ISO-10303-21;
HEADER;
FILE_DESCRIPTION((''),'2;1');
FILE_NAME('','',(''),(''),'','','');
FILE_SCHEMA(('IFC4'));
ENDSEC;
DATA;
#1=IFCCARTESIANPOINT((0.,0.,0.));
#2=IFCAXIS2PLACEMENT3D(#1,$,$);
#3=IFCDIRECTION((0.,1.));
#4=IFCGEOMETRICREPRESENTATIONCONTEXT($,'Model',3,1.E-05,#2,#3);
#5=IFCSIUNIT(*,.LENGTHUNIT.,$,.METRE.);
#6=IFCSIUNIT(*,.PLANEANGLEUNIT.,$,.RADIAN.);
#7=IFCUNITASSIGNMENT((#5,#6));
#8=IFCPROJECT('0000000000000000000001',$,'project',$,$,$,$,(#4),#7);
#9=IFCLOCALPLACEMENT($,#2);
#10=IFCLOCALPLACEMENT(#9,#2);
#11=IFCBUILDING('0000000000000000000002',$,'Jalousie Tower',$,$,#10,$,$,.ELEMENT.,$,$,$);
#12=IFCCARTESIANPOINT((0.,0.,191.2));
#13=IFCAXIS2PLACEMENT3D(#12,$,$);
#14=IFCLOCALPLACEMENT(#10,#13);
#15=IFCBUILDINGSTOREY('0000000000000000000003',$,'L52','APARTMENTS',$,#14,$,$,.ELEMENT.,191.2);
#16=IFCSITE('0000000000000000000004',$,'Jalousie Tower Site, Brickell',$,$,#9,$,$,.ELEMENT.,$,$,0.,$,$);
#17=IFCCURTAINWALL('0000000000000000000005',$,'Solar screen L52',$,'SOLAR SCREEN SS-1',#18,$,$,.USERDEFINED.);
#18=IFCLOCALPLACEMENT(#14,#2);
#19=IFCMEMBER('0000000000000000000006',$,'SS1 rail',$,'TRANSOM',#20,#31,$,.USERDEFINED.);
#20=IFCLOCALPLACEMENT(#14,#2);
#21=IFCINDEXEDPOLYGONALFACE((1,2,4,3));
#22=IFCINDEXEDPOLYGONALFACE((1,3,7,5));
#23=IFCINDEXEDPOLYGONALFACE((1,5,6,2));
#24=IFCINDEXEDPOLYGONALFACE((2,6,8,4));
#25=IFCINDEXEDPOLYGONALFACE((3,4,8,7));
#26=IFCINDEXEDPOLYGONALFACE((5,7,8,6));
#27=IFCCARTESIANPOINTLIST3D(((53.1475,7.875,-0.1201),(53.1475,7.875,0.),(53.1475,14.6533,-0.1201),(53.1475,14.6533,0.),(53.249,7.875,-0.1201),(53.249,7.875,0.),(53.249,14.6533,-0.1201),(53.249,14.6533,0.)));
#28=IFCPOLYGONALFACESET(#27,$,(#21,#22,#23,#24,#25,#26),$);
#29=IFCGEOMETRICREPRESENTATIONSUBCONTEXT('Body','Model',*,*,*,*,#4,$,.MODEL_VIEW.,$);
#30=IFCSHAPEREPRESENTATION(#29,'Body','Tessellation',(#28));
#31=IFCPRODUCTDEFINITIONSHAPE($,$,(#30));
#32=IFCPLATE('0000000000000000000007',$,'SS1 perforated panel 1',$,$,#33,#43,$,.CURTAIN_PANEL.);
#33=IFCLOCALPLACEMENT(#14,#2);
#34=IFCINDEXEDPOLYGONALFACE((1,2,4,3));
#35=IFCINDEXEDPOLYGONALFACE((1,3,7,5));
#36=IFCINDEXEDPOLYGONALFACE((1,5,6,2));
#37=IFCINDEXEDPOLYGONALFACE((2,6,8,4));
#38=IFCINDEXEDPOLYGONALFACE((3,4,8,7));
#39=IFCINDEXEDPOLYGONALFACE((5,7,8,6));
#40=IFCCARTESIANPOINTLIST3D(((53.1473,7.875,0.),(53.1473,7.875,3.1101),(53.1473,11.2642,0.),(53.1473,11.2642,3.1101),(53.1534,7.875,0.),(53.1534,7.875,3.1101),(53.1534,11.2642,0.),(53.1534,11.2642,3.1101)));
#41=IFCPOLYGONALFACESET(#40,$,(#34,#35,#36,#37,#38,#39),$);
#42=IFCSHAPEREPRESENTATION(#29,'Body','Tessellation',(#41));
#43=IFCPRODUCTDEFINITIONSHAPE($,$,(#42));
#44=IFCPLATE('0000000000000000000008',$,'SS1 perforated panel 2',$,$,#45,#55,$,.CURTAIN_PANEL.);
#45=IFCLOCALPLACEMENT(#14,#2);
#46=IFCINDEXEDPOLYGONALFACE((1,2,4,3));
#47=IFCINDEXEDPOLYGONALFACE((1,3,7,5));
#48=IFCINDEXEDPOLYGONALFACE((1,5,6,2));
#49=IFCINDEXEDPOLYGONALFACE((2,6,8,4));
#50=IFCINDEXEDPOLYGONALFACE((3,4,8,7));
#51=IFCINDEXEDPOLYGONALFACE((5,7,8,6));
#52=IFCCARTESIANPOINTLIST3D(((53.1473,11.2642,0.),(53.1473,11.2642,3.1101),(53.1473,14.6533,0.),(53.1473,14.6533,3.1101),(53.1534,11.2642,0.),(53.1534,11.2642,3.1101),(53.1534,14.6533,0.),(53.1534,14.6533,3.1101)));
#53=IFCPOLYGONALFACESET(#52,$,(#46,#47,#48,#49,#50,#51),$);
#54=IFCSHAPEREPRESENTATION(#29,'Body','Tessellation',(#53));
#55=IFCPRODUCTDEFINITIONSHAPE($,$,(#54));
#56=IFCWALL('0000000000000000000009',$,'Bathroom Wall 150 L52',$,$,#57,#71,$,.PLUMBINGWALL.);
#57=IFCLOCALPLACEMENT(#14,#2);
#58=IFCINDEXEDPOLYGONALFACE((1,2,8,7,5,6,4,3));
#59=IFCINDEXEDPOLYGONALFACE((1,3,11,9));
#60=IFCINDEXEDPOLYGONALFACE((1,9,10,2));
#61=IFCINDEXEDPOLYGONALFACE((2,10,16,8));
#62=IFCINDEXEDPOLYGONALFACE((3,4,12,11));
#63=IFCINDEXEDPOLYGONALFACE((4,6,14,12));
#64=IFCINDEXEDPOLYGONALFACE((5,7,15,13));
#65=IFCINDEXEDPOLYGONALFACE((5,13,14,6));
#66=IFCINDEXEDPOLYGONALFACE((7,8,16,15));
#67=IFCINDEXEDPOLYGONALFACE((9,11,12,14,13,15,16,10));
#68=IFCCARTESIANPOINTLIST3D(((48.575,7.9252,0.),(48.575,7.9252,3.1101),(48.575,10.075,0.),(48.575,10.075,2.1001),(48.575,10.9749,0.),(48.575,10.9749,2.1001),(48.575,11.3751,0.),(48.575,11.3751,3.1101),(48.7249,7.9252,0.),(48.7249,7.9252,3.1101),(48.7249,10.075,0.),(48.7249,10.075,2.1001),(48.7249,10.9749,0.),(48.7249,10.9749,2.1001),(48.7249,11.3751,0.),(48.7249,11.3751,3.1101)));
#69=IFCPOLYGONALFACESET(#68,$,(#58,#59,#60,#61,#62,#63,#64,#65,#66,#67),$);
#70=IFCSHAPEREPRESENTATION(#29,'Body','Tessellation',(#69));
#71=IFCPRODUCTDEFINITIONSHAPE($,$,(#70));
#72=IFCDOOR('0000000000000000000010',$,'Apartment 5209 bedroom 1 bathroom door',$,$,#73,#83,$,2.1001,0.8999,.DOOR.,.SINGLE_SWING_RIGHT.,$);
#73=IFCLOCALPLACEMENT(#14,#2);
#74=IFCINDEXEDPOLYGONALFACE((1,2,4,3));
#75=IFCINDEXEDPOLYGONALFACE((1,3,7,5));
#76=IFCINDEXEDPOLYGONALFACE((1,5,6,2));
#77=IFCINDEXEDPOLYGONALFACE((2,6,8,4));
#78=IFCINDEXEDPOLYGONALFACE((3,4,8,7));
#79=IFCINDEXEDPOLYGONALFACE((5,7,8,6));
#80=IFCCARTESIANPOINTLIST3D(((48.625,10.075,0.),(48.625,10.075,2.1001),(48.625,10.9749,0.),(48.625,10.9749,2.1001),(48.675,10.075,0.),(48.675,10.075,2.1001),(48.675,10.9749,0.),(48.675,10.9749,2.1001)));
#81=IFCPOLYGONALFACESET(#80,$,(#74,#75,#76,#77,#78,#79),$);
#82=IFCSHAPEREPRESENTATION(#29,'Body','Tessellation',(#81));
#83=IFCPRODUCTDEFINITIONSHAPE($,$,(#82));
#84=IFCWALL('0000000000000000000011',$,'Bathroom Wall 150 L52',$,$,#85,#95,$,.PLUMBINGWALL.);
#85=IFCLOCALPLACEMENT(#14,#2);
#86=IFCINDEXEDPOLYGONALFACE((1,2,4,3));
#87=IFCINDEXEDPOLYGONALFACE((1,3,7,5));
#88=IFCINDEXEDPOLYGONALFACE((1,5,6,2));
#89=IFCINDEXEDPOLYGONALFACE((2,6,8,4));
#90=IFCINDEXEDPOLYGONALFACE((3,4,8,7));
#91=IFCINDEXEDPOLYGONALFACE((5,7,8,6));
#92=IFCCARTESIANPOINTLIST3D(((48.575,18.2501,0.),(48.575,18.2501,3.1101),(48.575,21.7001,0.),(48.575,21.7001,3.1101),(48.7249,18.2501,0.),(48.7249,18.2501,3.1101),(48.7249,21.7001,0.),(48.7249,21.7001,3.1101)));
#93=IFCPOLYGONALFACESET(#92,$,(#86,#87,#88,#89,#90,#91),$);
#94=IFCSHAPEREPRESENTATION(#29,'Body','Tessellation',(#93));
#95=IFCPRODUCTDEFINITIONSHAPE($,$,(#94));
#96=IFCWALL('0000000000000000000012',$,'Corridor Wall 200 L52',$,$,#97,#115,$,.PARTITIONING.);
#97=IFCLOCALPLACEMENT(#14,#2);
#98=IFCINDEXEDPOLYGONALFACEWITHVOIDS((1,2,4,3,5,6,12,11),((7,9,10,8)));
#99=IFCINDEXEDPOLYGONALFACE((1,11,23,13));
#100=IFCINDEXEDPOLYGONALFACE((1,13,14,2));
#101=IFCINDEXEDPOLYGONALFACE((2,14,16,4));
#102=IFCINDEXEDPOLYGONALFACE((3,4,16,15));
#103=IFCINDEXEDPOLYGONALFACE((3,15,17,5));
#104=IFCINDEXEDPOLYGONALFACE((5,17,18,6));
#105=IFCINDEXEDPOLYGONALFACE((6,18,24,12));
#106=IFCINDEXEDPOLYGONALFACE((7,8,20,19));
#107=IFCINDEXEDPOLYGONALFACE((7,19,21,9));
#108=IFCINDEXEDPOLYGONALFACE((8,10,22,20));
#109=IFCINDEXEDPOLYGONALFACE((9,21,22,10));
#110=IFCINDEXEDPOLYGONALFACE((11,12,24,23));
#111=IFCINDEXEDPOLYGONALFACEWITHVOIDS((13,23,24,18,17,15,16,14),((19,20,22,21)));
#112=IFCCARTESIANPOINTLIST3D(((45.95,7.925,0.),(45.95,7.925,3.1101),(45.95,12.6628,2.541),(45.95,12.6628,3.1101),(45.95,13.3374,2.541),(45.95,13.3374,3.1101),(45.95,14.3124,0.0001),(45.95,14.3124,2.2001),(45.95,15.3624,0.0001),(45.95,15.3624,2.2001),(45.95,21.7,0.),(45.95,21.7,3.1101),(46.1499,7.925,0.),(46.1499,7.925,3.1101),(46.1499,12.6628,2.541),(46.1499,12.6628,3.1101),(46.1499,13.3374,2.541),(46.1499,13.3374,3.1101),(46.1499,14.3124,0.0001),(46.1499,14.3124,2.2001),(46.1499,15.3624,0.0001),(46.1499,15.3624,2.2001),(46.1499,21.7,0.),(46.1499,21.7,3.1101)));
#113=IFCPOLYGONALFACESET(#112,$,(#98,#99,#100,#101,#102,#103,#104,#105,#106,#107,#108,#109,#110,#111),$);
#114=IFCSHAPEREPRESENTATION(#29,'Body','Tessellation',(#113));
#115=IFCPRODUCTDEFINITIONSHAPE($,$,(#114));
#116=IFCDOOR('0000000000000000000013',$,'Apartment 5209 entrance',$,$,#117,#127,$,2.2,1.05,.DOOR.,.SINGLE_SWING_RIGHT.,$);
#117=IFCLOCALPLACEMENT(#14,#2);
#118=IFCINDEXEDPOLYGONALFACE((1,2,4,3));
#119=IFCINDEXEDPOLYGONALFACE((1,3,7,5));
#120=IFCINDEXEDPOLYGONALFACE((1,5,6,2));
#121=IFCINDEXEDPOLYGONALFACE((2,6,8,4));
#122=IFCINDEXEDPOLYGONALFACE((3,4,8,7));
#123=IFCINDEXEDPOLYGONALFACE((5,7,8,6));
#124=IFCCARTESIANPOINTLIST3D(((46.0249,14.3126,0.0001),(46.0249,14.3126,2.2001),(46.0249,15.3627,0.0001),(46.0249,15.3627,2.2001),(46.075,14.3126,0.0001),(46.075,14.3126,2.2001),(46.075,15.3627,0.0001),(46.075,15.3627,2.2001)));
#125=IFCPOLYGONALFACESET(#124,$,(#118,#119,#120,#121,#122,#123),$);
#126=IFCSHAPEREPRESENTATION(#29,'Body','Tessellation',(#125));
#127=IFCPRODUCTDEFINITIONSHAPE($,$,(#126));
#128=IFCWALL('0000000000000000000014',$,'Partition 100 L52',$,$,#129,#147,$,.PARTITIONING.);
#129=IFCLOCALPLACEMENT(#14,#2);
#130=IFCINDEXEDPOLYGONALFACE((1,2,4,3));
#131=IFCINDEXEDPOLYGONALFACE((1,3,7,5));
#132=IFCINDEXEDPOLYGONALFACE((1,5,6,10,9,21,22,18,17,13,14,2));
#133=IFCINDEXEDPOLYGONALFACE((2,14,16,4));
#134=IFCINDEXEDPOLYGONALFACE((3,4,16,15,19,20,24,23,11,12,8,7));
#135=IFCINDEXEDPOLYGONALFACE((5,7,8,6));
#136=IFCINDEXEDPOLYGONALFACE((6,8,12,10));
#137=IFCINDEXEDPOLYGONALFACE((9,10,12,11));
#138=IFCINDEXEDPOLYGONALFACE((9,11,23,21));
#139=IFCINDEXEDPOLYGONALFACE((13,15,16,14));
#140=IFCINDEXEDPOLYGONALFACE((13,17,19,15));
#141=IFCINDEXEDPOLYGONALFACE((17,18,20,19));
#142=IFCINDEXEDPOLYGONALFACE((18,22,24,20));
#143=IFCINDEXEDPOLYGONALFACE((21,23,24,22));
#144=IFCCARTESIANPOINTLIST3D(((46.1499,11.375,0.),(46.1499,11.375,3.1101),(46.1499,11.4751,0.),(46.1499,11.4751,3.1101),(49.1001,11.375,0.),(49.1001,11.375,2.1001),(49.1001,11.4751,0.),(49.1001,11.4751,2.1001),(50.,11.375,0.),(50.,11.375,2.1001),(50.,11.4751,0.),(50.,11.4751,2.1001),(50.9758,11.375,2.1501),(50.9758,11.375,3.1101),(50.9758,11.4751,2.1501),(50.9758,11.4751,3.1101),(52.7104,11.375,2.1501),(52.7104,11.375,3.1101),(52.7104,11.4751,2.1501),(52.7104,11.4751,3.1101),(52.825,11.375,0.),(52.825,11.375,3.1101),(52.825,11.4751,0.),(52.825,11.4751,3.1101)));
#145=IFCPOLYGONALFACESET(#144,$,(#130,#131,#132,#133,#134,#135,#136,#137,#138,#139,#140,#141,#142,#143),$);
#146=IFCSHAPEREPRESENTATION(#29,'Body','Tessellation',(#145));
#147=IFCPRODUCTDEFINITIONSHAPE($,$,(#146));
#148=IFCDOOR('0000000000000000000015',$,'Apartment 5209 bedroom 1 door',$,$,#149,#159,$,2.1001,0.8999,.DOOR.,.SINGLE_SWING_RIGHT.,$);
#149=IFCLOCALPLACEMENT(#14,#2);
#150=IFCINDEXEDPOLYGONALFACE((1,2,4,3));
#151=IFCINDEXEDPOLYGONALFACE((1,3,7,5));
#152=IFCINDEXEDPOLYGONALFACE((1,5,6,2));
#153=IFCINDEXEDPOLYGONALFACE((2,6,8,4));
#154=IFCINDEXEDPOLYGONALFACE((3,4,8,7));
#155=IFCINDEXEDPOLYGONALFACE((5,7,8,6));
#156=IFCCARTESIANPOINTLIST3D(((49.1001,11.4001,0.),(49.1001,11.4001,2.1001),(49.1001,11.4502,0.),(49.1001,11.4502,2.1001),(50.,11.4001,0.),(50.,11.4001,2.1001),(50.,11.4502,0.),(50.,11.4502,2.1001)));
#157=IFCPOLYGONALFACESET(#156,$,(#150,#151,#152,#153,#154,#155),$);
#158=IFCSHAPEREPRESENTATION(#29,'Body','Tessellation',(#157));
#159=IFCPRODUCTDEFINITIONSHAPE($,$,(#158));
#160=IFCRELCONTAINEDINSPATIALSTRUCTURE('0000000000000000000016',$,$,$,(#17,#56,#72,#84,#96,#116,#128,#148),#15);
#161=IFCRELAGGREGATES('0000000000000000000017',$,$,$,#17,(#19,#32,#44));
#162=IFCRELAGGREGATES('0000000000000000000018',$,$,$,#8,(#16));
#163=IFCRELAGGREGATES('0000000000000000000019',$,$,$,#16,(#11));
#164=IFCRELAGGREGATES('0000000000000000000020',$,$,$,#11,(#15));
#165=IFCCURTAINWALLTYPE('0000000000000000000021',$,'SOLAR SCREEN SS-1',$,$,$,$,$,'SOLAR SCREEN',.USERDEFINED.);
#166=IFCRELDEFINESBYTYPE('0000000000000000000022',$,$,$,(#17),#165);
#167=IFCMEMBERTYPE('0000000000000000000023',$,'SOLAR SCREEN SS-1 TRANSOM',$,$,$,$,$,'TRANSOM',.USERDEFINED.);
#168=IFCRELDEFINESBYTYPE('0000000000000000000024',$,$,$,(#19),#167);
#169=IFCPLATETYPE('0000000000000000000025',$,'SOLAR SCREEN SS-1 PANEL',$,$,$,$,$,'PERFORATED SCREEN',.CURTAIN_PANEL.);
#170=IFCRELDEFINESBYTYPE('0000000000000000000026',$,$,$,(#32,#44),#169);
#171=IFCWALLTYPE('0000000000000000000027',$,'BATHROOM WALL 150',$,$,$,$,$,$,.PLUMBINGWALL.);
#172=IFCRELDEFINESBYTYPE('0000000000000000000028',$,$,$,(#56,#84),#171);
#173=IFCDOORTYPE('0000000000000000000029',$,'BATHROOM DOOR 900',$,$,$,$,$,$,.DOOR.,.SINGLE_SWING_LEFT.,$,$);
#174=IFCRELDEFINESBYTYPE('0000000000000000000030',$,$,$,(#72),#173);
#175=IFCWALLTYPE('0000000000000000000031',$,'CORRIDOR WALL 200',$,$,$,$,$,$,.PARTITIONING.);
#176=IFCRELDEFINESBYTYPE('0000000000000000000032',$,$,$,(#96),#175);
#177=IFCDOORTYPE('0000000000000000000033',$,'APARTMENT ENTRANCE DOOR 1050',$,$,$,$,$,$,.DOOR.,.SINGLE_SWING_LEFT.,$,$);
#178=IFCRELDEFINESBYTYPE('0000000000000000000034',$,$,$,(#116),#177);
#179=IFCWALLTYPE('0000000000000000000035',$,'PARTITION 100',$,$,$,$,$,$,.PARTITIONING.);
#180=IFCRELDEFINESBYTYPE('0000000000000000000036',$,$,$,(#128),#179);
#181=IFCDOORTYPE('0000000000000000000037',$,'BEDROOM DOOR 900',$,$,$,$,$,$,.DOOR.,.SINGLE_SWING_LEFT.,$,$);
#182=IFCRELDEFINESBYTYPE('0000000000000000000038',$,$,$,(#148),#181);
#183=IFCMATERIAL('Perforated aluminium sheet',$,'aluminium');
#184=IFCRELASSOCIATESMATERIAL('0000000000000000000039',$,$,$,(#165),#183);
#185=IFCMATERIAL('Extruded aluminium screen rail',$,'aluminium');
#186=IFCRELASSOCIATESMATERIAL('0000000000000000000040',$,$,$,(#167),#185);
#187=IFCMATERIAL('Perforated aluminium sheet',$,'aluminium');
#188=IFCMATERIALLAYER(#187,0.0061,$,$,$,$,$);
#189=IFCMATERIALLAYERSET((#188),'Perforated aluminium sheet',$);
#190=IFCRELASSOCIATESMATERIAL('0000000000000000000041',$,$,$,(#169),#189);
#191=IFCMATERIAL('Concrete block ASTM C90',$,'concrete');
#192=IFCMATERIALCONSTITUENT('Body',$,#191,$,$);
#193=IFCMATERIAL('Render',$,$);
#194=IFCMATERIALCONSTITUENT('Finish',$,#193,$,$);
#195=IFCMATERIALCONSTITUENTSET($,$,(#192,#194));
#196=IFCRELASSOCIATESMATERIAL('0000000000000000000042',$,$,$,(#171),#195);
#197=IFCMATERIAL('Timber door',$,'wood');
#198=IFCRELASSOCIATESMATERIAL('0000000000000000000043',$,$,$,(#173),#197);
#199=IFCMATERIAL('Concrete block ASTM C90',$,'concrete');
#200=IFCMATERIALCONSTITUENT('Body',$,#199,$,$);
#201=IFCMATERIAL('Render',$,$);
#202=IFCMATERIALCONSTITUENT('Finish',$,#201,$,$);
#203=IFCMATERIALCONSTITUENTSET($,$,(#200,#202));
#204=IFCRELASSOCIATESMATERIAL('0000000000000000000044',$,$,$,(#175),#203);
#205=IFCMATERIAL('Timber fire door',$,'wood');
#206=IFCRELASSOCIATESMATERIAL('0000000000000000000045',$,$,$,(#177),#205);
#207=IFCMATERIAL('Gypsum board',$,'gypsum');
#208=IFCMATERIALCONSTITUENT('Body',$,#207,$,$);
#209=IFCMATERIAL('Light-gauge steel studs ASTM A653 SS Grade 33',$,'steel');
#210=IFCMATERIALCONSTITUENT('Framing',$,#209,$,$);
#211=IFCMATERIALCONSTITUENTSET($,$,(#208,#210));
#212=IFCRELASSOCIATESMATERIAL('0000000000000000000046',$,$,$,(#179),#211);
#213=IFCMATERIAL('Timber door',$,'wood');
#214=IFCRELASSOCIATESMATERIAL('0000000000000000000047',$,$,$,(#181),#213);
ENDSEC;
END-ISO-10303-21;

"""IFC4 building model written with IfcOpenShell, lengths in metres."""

from ifc_helpers import new_model, si_unit, direction, frame, frame_2d, origin, origin_2d, place, context, subcontext, project, spatial, polyline, rectangle, outline, extrude, material, layer, layer_set, constituent, constituent_set, material_profile, profile_set, type_object, element, fill, aggregate, save


model = new_model("IFC4")

# Units and contexts
model_context = context("Model", 3, precision=1e-05, world=origin(), true_north=direction((0.0, 1.0)))
body_context = subcontext(model_context, "Body", "Model", "MODEL_VIEW")
ifc_project = project(units=[si_unit("LENGTHUNIT", "METRE"), si_unit("PLANEANGLEUNIT", "RADIAN")], contexts=[model_context])

# Site, building, storey
site_placement = place(None, origin())
site = spatial("IfcSite", under=ifc_project, at=site_placement, Name="Jalousie Tower Site, Brickell", CompositionType="ELEMENT", RefElevation=0.0)
building_placement = place(site_placement, origin())
building = spatial("IfcBuilding", under=site, at=building_placement, Name="Jalousie Tower", CompositionType="ELEMENT")
storey_placement = place(building_placement, frame((0.0, 0.0, 191.2)))
storey = spatial("IfcBuildingStorey", under=building, at=storey_placement, Name="L52", Description="APARTMENTS", CompositionType="ELEMENT", Elevation=191.2)

# Curtain wall, member, plates
ifc_material_1 = material(Name="Perforated aluminium sheet", Category="aluminium")
curtain_wall_type = type_object("IfcCurtainWallType", Name="SOLAR SCREEN SS-1", ElementType="SOLAR SCREEN", PredefinedType="USERDEFINED", material=ifc_material_1)
curtain_wall_placement = place(storey_placement, origin())
curtain_wall = element("IfcCurtainWall", 1, at=curtain_wall_placement, inside=storey, type_object=curtain_wall_type, Name="Solar screen L52", ObjectType="SOLAR SCREEN SS-1", PredefinedType="USERDEFINED")
ifc_material_2 = material(Name="Extruded aluminium screen rail", Category="aluminium")
ifc_material_profile_1 = material_profile(ifc_material_2, rectangle(XDim=0.1016, YDim=0.1201, at=origin_2d()), Name="RAIL 102x120")
ifc_profile_set_1 = profile_set([ifc_material_profile_1], Name="Extruded aluminium screen rail")
member_type_1 = type_object("IfcMemberType", Name="SOLAR SCREEN SS-1 TRANSOM", ElementType="TRANSOM", PredefinedType="USERDEFINED", material=ifc_profile_set_1)
member_1_placement = place(storey_placement, frame((53.1982, 7.875, -0.0601), z_axis=(0.0, 1.0, 0.0), x_axis=(-1.0, 0.0, 0.0)))
member_1 = element("IfcMember", 2, at=member_1_placement, type_object=member_type_1, Name="SS1 rail", ObjectType="TRANSOM", PredefinedType="USERDEFINED", context=body_context, shape_type="SweptSolid", body=[
    extrude(rectangle(XDim=0.1016, YDim=0.1201, at=origin_2d()), origin(), (0.0, 0.0, 1.0), 6.7783),
])
ifc_material_3 = material(Name="Perforated aluminium sheet", Category="aluminium")
ifc_layer_1 = layer(ifc_material_3, 0.0061)
ifc_layer_set_1 = layer_set([ifc_layer_1], Name="Perforated aluminium sheet")
plate_type = type_object("IfcPlateType", Name="SOLAR SCREEN SS-1 PANEL", ElementType="PERFORATED SCREEN", PredefinedType="CURTAIN_PANEL", material=ifc_layer_set_1)
plate_1_placement = place(storey_placement, frame((53.1504, 9.5696, 0.0), z_axis=(0.0, 0.0, 1.0), x_axis=(0.0, 1.0, 0.0)))
plate_1 = element("IfcPlate", 3, at=plate_1_placement, type_object=plate_type, Name="SS1 perforated panel 1", PredefinedType="CURTAIN_PANEL", context=body_context, shape_type="SweptSolid", body=[
    extrude(rectangle(XDim=3.3892, YDim=0.0061, at=origin_2d()), origin(), (0.0, 0.0, 1.0), 3.1101),
])
plate_2_placement = place(storey_placement, frame((53.1504, 12.9587, 0.0), z_axis=(0.0, 0.0, 1.0), x_axis=(0.0, 1.0, 0.0)))
plate_2 = element("IfcPlate", 4, at=plate_2_placement, type_object=plate_type, Name="SS1 perforated panel 2", PredefinedType="CURTAIN_PANEL", context=body_context, shape_type="SweptSolid", body=[
    extrude(rectangle(XDim=3.3892, YDim=0.0061, at=origin_2d()), origin(), (0.0, 0.0, 1.0), 3.1101),
])
aggregate(curtain_wall, [member_1, plate_1, plate_2])

# Wall, opening, door
ifc_material_4 = material(Name="Concrete block ASTM C90", Category="concrete")
ifc_constituent_1 = constituent(ifc_material_4, Name="Body")
ifc_material_5 = material(Name="Render")
ifc_constituent_2 = constituent(ifc_material_5, Name="Finish")
ifc_constituent_set_1 = constituent_set(constituents=[ifc_constituent_1, ifc_constituent_2])
wall_type_1 = type_object("IfcWallType", Name="BATHROOM WALL 150", PredefinedType="PLUMBINGWALL", material=ifc_constituent_set_1)
wall_1_placement = place(storey_placement, frame((48.6499, 7.925, 0.0), z_axis=(0.0, 0.0, 1.0), x_axis=(0.0, 1.0, 0.0)))
wall_1 = element("IfcWall", 5, at=wall_1_placement, inside=storey, type_object=wall_type_1, Name="Bathroom Wall 150 L52", PredefinedType="PLUMBINGWALL", context=body_context, shape_type="SweptSolid", body=[
    extrude(rectangle(XDim=3.45, YDim=0.1499, at=frame_2d((1.7251, 0.0))), origin(), (0.0, 0.0, 1.0), 3.1101),
])
opening_1_placement = place(wall_1_placement, frame((2.1499, 0.0, 0.0)))
opening_1 = element("IfcOpeningElement", 6, at=opening_1_placement, cuts=wall_1, PredefinedType="OPENING", context=body_context, shape_type="SweptSolid", body=[
    extrude(rectangle(XDim=0.8999, YDim=2.1001, at=frame_2d((0.45, 1.05))), frame((0.0, 0.085, 0.0), z_axis=(0.0, -1.0, 0.0), x_axis=(1.0, 0.0, 0.0)), (0.0, 0.0, 1.0), 0.1699),
])
ifc_material_6 = material(Name="Timber door", Category="wood")
door_type_1 = type_object("IfcDoorType", Name="BATHROOM DOOR 900", OperationType="SINGLE_SWING_LEFT", PredefinedType="DOOR", material=ifc_material_6)
door_1_placement = place(opening_1_placement, origin())
door_1 = element("IfcDoor", 7, at=door_1_placement, inside=storey, type_object=door_type_1, Name="Apartment 5209 bedroom 1 bathroom door", OperationType="SINGLE_SWING_RIGHT", OverallHeight=2.1001, OverallWidth=0.8999, PredefinedType="DOOR", context=body_context, shape_type="SweptSolid", body=[
    extrude(rectangle(XDim=0.8999, YDim=2.1001, at=frame_2d((0.45, 1.05))), frame((0.0, 0.0249, 0.0), z_axis=(0.0, -1.0, 0.0), x_axis=(1.0, 0.0, 0.0)), (0.0, 0.0, 1.0), 0.05),
])
fill(opening_1, door_1)

# Wall
wall_2_placement = place(storey_placement, frame((48.6499, 18.25, 0.0), z_axis=(0.0, 0.0, 1.0), x_axis=(0.0, 1.0, 0.0)))
element("IfcWall", 8, at=wall_2_placement, inside=storey, type_object=wall_type_1, Name="Bathroom Wall 150 L52", PredefinedType="PLUMBINGWALL", context=body_context, shape_type="SweptSolid", body=[
    extrude(rectangle(XDim=3.45, YDim=0.1499, at=frame_2d((1.7251, 0.0))), origin(), (0.0, 0.0, 1.0), 3.1101),
])

# Walls, openings, doors
ifc_material_7 = material(Name="Concrete block ASTM C90", Category="concrete")
ifc_constituent_3 = constituent(ifc_material_7, Name="Body")
ifc_material_8 = material(Name="Render")
ifc_constituent_4 = constituent(ifc_material_8, Name="Finish")
ifc_constituent_set_2 = constituent_set(constituents=[ifc_constituent_3, ifc_constituent_4])
wall_type_2 = type_object("IfcWallType", Name="CORRIDOR WALL 200", PredefinedType="PARTITIONING", material=ifc_constituent_set_2)
wall_3_placement = place(storey_placement, frame((46.05, 7.925, 0.0), z_axis=(0.0, 0.0, 1.0), x_axis=(0.0, 1.0, 0.0)))
wall_3 = element("IfcWall", 9, at=wall_3_placement, inside=storey, type_object=wall_type_2, Name="Corridor Wall 200 L52", PredefinedType="PARTITIONING", context=body_context, shape_type="SweptSolid", body=[
    extrude(outline(polyline([(0.0, 0.0), (13.7749, 0.0), (13.7749, 3.1101), (5.4124, 3.1101), (5.4124, 2.541), (4.7378, 2.541), (4.7378, 3.1101), (0.0, 3.1101), (0.0, 0.0)])), frame((0.0, 0.1001, 0.0), z_axis=(0.0, -1.0, 0.0), x_axis=(1.0, 0.0, 0.0)), (0.0, 0.0, 1.0), 0.2),
])
opening_2_placement = place(wall_3_placement, frame((6.3875, 0.0, 0.0)))
opening_2 = element("IfcOpeningElement", 10, at=opening_2_placement, cuts=wall_3, PredefinedType="OPENING", context=body_context, shape_type="SweptSolid", body=[
    extrude(rectangle(XDim=1.05, YDim=2.2, at=frame_2d((0.5249, 1.1001))), frame((0.0, 0.1099, 0.0), z_axis=(0.0, -1.0, 0.0), x_axis=(1.0, 0.0, 0.0)), (0.0, 0.0, 1.0), 0.22),
])
ifc_material_9 = material(Name="Timber fire door", Category="wood")
door_type_2 = type_object("IfcDoorType", Name="APARTMENT ENTRANCE DOOR 1050", OperationType="SINGLE_SWING_LEFT", PredefinedType="DOOR", material=ifc_material_9)
door_2_placement = place(opening_2_placement, frame((1.05, 0.0, 0.0), z_axis=(0.0, 0.0, 1.0), x_axis=(-1.0, 0.0, 0.0)))
door_2 = element("IfcDoor", 11, at=door_2_placement, inside=storey, type_object=door_type_2, Name="Apartment 5209 entrance", OperationType="SINGLE_SWING_RIGHT", OverallHeight=2.2, OverallWidth=1.05, PredefinedType="DOOR", context=body_context, shape_type="SweptSolid", body=[
    extrude(rectangle(XDim=1.05, YDim=2.2, at=frame_2d((0.5249, 1.1001))), frame((0.0, 0.0249, 0.0), z_axis=(0.0, -1.0, 0.0), x_axis=(1.0, 0.0, 0.0)), (0.0, 0.0, 1.0), 0.05),
])
fill(opening_2, door_2)
ifc_material_10 = material(Name="Gypsum board", Category="gypsum")
ifc_constituent_5 = constituent(ifc_material_10, Name="Body")
ifc_material_11 = material(Name="Light-gauge steel studs ASTM A653 SS Grade 33", Category="steel")
ifc_constituent_6 = constituent(ifc_material_11, Name="Framing")
ifc_constituent_set_3 = constituent_set(constituents=[ifc_constituent_5, ifc_constituent_6])
wall_type_3 = type_object("IfcWallType", Name="PARTITION 100", PredefinedType="PARTITIONING", material=ifc_constituent_set_3)
wall_4_placement = place(storey_placement, frame((52.825, 11.425, 0.0), z_axis=(0.0, 0.0, 1.0), x_axis=(-1.0, 0.0, 0.0)))
wall_4 = element("IfcWall", 12, at=wall_4_placement, inside=storey, type_object=wall_type_3, Name="Partition 100 L52", PredefinedType="PARTITIONING", context=body_context, shape_type="SweptSolid", body=[
    extrude(outline(polyline([(0.0, 0.0), (6.675, 0.0), (6.675, 3.1101), (1.8491, 3.1101), (1.8491, 2.1501), (0.1145, 2.1501), (0.1145, 3.1101), (0.0, 3.1101), (0.0, 0.0)])), frame((0.0, 0.05, 0.0), z_axis=(0.0, -1.0, 0.0), x_axis=(1.0, 0.0, 0.0)), (0.0, 0.0, 1.0), 0.1001),
])
opening_3_placement = place(wall_4_placement, frame((2.825, 0.0, 0.0)))
opening_3 = element("IfcOpeningElement", 13, at=opening_3_placement, cuts=wall_4, PredefinedType="OPENING", context=body_context, shape_type="SweptSolid", body=[
    extrude(rectangle(XDim=0.8999, YDim=2.1001, at=frame_2d((0.45, 1.05))), frame((0.0, 0.0601, 0.0), z_axis=(0.0, -1.0, 0.0), x_axis=(1.0, 0.0, 0.0)), (0.0, 0.0, 1.0), 0.1201),
])
ifc_material_12 = material(Name="Timber door", Category="wood")
door_type_3 = type_object("IfcDoorType", Name="BEDROOM DOOR 900", OperationType="SINGLE_SWING_LEFT", PredefinedType="DOOR", material=ifc_material_12)
door_3_placement = place(opening_3_placement, origin())
door_3 = element("IfcDoor", 14, at=door_3_placement, inside=storey, type_object=door_type_3, Name="Apartment 5209 bedroom 1 door", OperationType="SINGLE_SWING_RIGHT", OverallHeight=2.1001, OverallWidth=0.8999, PredefinedType="DOOR", context=body_context, shape_type="SweptSolid", body=[
    extrude(rectangle(XDim=0.8999, YDim=2.1001, at=frame_2d((0.45, 1.05))), frame((0.0, 0.0249, 0.0), z_axis=(0.0, -1.0, 0.0), x_axis=(1.0, 0.0, 0.0)), (0.0, 0.0, 1.0), 0.05),
])
fill(opening_3, door_3)

save(model, "model.ifc")
